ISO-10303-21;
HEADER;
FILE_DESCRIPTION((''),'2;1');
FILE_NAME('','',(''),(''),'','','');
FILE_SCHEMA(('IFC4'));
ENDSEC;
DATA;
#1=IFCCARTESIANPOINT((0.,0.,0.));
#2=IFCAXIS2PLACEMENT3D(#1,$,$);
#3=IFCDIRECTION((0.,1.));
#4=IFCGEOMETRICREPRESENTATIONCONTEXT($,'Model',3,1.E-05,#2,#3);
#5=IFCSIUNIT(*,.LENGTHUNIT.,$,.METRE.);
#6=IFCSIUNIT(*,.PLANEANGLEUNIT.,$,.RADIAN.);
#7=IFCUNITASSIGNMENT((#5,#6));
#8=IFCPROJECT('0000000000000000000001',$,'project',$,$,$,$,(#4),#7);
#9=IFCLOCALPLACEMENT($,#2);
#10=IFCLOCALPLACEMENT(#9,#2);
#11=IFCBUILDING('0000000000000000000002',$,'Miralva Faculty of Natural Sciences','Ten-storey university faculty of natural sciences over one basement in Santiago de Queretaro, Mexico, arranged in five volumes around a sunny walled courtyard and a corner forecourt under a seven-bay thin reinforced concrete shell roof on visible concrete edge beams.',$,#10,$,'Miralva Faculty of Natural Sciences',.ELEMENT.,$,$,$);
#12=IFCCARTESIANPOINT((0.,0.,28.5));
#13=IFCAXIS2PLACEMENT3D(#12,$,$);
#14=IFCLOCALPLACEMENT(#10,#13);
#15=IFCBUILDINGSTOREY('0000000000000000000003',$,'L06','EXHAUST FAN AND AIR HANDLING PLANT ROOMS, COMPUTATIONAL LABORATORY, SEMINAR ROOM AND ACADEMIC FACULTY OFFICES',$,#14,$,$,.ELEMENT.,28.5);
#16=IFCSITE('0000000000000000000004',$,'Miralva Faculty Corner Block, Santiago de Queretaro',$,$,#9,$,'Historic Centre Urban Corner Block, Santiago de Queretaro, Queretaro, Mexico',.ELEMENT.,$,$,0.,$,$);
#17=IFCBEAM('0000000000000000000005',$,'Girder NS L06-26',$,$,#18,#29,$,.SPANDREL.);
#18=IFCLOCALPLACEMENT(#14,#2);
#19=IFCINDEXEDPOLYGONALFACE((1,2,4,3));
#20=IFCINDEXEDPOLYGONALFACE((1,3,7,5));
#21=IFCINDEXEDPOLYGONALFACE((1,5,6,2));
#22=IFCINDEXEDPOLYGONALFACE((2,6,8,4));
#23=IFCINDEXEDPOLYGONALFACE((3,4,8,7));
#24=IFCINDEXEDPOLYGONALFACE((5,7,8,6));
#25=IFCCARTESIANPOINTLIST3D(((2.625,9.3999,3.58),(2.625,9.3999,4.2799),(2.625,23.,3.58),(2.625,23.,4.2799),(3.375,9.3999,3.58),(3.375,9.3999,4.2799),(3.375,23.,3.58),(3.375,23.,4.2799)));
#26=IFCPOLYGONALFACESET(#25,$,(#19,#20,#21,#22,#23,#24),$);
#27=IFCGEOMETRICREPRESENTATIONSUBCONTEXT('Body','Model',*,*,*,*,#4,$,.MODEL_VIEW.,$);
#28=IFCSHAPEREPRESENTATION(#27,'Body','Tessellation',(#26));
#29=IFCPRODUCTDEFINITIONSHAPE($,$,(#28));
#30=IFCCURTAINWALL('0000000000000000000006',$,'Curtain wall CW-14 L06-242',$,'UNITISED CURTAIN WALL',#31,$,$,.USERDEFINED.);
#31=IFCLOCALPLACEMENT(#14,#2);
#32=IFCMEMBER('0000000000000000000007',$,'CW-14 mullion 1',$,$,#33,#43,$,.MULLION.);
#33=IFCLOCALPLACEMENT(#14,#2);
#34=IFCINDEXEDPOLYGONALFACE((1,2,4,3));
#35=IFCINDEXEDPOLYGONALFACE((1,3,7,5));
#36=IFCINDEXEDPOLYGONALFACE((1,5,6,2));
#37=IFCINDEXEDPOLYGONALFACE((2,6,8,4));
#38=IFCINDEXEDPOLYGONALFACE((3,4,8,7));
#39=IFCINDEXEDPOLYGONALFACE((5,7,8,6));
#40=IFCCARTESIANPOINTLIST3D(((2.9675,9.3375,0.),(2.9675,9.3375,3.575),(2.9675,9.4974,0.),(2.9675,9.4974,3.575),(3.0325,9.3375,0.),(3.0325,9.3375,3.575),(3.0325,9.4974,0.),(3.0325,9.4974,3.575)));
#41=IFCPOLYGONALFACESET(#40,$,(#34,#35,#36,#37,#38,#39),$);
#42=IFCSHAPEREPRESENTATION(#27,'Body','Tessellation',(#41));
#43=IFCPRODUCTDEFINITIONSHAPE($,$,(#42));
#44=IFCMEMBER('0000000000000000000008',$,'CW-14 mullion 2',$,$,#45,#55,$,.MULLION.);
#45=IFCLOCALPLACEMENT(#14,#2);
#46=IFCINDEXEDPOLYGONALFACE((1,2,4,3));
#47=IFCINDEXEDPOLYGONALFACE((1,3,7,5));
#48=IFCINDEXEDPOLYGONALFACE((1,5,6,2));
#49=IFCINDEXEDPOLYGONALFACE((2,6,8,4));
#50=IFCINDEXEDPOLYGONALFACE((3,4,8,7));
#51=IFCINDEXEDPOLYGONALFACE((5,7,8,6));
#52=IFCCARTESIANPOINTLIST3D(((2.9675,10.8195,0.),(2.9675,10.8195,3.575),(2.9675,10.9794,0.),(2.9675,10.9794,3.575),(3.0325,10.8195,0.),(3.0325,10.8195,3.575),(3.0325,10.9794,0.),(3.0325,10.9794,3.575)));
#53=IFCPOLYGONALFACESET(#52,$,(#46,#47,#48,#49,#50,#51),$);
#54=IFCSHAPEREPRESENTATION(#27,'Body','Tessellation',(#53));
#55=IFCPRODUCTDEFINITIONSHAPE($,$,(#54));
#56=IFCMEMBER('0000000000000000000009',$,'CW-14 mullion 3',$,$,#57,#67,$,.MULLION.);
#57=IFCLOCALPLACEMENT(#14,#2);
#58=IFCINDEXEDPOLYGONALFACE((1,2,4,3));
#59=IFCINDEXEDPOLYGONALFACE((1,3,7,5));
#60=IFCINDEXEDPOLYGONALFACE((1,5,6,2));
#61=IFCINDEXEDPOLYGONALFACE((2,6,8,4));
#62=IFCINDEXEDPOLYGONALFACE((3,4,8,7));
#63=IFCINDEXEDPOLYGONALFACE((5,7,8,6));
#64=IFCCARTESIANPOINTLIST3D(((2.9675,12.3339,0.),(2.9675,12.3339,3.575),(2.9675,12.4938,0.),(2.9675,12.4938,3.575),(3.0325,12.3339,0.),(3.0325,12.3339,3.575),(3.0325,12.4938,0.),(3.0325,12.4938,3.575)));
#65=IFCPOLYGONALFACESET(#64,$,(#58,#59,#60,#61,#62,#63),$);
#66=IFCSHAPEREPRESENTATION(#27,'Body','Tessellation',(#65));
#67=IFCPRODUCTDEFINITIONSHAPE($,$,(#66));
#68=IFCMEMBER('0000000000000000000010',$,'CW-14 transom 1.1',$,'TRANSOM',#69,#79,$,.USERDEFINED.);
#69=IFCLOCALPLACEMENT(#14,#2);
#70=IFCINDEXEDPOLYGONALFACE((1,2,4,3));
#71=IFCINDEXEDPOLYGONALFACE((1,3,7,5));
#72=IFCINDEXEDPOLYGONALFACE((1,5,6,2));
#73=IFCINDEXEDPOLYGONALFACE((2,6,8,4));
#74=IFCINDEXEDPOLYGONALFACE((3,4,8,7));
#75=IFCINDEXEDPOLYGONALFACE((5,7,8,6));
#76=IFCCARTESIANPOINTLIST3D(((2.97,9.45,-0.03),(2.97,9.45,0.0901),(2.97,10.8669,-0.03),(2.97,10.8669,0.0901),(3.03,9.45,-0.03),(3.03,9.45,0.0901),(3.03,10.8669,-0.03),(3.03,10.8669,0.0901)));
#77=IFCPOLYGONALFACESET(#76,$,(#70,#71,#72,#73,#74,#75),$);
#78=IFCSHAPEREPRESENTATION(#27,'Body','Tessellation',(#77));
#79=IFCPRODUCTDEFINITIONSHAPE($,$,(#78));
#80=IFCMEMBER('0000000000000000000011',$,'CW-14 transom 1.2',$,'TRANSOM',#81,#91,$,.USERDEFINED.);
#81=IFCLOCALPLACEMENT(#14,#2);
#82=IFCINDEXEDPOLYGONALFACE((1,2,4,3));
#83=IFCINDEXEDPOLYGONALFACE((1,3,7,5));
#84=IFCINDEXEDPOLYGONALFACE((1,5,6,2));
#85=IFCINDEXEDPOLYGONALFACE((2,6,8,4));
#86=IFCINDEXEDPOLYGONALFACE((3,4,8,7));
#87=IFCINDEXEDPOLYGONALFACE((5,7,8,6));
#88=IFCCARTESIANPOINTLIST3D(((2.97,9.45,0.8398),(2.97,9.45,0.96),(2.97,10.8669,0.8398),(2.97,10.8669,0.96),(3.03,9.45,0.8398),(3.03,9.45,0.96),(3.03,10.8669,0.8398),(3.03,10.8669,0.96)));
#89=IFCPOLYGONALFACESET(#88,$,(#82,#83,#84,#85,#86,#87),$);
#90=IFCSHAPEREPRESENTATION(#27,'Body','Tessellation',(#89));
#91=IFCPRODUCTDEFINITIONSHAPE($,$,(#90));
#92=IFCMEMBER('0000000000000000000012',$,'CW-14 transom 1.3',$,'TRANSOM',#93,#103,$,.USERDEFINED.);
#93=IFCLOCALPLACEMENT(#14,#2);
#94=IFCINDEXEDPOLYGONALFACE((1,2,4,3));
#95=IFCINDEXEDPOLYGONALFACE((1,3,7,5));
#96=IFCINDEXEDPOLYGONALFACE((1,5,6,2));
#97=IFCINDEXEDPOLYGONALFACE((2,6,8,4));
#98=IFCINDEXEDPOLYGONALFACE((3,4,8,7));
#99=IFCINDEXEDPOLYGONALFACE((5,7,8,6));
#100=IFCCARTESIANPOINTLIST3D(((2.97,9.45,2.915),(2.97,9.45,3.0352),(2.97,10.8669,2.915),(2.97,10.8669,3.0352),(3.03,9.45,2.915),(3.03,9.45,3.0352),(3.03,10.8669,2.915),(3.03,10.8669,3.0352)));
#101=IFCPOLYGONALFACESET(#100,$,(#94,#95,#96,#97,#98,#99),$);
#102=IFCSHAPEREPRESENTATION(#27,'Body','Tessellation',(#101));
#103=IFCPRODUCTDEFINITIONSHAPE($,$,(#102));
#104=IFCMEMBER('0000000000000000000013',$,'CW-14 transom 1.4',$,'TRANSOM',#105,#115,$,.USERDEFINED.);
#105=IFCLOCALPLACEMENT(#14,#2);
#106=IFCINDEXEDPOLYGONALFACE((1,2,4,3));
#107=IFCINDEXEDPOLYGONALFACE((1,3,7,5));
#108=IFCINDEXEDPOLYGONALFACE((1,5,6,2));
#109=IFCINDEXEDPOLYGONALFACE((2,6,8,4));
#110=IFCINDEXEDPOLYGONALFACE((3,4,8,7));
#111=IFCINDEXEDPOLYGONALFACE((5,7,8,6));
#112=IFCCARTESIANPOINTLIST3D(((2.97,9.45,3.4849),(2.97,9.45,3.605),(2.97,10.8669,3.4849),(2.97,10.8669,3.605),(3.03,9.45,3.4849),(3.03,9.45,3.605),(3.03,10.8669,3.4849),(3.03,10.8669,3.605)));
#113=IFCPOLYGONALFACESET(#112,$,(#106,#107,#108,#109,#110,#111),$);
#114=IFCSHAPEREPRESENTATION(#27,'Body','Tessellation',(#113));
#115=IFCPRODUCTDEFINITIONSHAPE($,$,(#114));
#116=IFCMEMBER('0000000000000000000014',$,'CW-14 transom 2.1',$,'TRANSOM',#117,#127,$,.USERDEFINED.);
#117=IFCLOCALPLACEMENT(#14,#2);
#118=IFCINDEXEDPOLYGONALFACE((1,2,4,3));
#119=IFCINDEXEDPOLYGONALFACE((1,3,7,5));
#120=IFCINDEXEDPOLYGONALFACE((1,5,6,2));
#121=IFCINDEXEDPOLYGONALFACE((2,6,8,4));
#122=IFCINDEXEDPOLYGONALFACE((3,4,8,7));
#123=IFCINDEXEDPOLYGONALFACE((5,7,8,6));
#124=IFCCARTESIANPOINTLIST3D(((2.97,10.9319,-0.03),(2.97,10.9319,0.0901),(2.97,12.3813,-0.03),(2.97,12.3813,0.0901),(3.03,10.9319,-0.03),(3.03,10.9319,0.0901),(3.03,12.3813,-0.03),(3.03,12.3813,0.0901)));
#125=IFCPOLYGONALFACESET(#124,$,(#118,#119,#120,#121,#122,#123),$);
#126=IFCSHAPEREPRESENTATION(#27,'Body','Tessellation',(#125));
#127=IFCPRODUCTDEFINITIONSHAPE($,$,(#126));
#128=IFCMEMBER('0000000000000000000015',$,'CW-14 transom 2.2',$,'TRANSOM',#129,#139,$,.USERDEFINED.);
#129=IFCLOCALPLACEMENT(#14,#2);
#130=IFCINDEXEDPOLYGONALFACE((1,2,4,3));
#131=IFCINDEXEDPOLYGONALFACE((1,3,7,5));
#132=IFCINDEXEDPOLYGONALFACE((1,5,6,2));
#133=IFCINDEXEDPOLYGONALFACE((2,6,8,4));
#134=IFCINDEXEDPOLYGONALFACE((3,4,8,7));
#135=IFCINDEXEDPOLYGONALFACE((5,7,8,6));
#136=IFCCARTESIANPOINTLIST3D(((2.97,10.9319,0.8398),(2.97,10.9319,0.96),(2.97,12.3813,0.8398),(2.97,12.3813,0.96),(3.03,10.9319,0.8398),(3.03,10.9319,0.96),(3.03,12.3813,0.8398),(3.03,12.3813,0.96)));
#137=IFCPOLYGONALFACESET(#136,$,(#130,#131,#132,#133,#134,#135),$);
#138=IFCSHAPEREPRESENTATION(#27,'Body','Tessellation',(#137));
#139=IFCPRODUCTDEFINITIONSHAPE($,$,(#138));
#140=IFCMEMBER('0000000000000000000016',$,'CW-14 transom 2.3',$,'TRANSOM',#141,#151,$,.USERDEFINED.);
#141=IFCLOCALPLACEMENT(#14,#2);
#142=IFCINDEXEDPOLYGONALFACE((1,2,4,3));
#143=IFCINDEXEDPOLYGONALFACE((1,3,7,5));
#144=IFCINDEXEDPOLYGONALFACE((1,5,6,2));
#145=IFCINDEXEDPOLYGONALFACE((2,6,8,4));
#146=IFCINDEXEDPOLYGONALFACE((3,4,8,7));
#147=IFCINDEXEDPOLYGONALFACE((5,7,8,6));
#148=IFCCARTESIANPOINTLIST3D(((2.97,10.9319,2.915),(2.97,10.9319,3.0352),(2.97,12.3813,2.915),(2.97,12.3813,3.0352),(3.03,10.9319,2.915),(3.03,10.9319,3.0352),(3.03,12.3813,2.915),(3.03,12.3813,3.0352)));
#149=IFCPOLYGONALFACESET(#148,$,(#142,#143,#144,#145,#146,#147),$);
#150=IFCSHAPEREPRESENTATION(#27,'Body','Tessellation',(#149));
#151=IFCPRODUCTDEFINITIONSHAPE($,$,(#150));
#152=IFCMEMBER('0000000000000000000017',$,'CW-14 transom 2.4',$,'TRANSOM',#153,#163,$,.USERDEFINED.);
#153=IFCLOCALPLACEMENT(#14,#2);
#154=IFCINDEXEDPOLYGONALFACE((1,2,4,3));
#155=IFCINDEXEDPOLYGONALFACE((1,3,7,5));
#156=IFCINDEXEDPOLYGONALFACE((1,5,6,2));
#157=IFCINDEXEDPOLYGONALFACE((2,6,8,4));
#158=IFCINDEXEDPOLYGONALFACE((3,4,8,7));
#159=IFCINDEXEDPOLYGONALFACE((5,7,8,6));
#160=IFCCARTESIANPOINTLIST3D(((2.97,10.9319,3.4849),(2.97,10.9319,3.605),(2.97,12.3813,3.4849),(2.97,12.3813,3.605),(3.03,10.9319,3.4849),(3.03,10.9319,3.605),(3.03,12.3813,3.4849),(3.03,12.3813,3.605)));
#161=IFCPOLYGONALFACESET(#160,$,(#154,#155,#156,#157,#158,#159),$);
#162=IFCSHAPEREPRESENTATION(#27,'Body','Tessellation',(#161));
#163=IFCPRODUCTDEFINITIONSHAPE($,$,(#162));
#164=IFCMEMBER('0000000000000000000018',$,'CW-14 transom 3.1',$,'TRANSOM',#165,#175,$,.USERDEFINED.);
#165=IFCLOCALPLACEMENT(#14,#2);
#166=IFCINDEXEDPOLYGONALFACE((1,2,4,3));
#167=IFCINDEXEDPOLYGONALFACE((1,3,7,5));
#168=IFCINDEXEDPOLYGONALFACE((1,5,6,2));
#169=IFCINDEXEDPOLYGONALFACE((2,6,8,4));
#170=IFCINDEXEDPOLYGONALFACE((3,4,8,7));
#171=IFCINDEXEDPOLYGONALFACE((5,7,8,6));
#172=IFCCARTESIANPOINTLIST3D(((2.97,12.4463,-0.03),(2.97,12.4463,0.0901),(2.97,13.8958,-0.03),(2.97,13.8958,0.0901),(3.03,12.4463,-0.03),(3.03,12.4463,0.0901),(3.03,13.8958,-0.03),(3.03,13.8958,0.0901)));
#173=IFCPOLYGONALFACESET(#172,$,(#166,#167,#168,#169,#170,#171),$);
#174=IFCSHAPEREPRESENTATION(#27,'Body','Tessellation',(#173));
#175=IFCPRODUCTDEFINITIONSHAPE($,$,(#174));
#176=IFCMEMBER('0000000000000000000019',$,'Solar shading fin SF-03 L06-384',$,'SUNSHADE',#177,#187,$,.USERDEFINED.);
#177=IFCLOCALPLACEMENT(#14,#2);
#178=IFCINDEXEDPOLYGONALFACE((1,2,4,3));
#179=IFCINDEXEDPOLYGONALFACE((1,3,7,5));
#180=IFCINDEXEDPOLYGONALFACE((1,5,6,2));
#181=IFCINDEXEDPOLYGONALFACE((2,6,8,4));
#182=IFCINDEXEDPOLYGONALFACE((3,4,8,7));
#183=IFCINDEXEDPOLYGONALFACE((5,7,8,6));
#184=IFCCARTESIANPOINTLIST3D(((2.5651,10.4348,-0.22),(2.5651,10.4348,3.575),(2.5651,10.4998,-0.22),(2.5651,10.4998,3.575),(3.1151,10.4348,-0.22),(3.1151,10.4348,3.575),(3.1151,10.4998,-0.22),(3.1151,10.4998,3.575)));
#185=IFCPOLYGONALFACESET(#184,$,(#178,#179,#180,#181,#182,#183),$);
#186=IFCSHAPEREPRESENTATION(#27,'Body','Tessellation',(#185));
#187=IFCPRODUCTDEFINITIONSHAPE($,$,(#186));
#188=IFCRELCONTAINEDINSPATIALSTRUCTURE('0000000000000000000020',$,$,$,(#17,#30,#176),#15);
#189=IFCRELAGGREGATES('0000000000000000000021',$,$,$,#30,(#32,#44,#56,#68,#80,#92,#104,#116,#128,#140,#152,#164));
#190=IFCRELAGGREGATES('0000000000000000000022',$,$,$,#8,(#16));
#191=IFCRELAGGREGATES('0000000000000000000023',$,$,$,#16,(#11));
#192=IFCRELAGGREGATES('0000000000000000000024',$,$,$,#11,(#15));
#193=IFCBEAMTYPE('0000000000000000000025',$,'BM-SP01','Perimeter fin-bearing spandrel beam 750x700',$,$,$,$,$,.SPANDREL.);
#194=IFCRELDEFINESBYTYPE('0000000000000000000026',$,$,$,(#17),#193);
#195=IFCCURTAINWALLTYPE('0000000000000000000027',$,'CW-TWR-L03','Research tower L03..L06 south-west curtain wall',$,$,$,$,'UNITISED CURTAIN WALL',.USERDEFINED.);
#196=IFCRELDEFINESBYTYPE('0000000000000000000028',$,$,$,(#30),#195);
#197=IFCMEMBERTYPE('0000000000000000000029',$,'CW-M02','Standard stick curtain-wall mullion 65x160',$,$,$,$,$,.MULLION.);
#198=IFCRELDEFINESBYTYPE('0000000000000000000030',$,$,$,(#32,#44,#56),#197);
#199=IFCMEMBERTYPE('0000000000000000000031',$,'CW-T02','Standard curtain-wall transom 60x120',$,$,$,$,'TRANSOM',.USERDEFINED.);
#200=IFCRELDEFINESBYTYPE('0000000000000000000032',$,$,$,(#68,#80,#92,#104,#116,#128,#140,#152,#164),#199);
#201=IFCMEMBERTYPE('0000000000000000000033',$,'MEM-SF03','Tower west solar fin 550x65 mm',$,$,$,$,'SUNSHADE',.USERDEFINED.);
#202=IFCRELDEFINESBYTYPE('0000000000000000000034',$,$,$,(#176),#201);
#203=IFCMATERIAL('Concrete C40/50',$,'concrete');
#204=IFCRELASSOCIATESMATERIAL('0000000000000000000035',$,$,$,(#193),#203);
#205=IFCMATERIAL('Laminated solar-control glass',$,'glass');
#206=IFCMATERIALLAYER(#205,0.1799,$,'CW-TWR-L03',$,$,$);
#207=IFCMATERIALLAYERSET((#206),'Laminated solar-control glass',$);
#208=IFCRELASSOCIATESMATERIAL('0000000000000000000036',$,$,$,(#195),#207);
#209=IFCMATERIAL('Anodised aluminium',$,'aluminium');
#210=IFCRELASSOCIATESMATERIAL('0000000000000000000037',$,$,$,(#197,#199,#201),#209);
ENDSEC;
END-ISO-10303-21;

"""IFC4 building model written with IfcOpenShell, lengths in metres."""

from ifc_helpers import new_model, si_unit, direction, frame, origin, origin_2d, place, context, subcontext, project, spatial, rectangle, extrude, material, layer, layer_set, material_profile, profile_set, type_object, element, aggregate, save


model = new_model("IFC4")

# Units and contexts
model_context = context("Model", 3, precision=1e-05, world=origin(), true_north=direction((0.0, 1.0)))
body_context = subcontext(model_context, "Body", "Model", "MODEL_VIEW")
ifc_project = project(units=[si_unit("LENGTHUNIT", "METRE"), si_unit("PLANEANGLEUNIT", "RADIAN")], contexts=[model_context])

# Site, building, storey
site_placement = place(None, origin())
site = spatial("IfcSite", under=ifc_project, at=site_placement, Name="Miralva Faculty Corner Block, Santiago de Queretaro", LongName="Historic Centre Urban Corner Block, Santiago de Queretaro, Queretaro, Mexico", CompositionType="ELEMENT", RefElevation=0.0)
building_placement = place(site_placement, origin())
building = spatial("IfcBuilding", under=site, at=building_placement, Name="Miralva Faculty of Natural Sciences", Description="Ten-storey university faculty of natural sciences over one basement in Santiago de Queretaro, Mexico, arranged in five volumes around a sunny walled courtyard and a corner forecourt under a seven-bay thin reinforced concrete shell roof on visible concrete edge beams.", LongName="Miralva Faculty of Natural Sciences", CompositionType="ELEMENT")
storey_placement = place(building_placement, frame((0.0, 0.0, 28.5)))
storey = spatial("IfcBuildingStorey", under=building, at=storey_placement, Name="L06", Description="EXHAUST FAN AND AIR HANDLING PLANT ROOMS, COMPUTATIONAL LABORATORY, SEMINAR ROOM AND ACADEMIC FACULTY OFFICES", CompositionType="ELEMENT", Elevation=28.5)

# Beam
ifc_material_1 = material(Name="Concrete C40/50", Category="concrete")
ifc_material_profile_1 = material_profile(ifc_material_1, rectangle(XDim=0.75, YDim=0.7, at=origin_2d()), Name="RC 750x700")
ifc_profile_set_1 = profile_set([ifc_material_profile_1], Name="Concrete C40/50")
beam_type = type_object("IfcBeamType", Name="BM-SP01", Description="Perimeter fin-bearing spandrel beam 750x700", PredefinedType="SPANDREL", material=ifc_profile_set_1)
beam_placement = place(storey_placement, frame((3.0, 9.3999, 3.9299), z_axis=(0.0, 1.0, 0.0), x_axis=(-1.0, 0.0, 0.0)))
element("IfcBeam", 1, at=beam_placement, inside=storey, type_object=beam_type, Name="Girder NS L06-26", PredefinedType="SPANDREL", context=body_context, shape_type="SweptSolid", body=[
    extrude(rectangle(XDim=0.75, YDim=0.7, at=origin_2d()), origin(), (0.0, 0.0, 1.0), 13.6001),
])

# Curtain wall, members
ifc_material_2 = material(Name="Laminated solar-control glass", Category="glass")
ifc_layer_1 = layer(ifc_material_2, 0.1799, Name="CW-TWR-L03")
ifc_layer_set_1 = layer_set([ifc_layer_1], Name="Laminated solar-control glass")
curtain_wall_type = type_object("IfcCurtainWallType", Name="CW-TWR-L03", Description="Research tower L03..L06 south-west curtain wall", ElementType="UNITISED CURTAIN WALL", PredefinedType="USERDEFINED", material=ifc_layer_set_1)
curtain_wall_placement = place(storey_placement, origin())
curtain_wall = element("IfcCurtainWall", 2, at=curtain_wall_placement, inside=storey, type_object=curtain_wall_type, Name="Curtain wall CW-14 L06-242", ObjectType="UNITISED CURTAIN WALL", PredefinedType="USERDEFINED")
ifc_material_3 = material(Name="Anodised aluminium", Category="aluminium")
ifc_material_profile_2 = material_profile(ifc_material_3, rectangle(XDim=0.0649, YDim=0.1599, at=origin_2d()), Name="MULLION 65x160")
ifc_profile_set_2 = profile_set([ifc_material_profile_2], Name="Anodised aluminium")
member_type_1 = type_object("IfcMemberType", Name="CW-M02", Description="Standard stick curtain-wall mullion 65x160", PredefinedType="MULLION", material=ifc_profile_set_2)
member_1_placement = place(storey_placement, frame((3.0, 9.4175, 0.0), z_axis=(0.0, 0.0, 1.0), x_axis=(-1.0, 0.0, 0.0)))
member_1 = element("IfcMember", 3, at=member_1_placement, type_object=member_type_1, Name="CW-14 mullion 1", PredefinedType="MULLION", context=body_context, shape_type="SweptSolid", body=[
    extrude(rectangle(XDim=0.0649, YDim=0.1599, at=origin_2d()), origin(), (0.0, 0.0, 1.0), 3.575),
])
member_2_placement = place(storey_placement, frame((3.0, 10.8994, 0.0), z_axis=(0.0, 0.0, 1.0), x_axis=(-1.0, 0.0, 0.0)))
member_2 = element("IfcMember", 4, at=member_2_placement, type_object=member_type_1, Name="CW-14 mullion 2", PredefinedType="MULLION", context=body_context, shape_type="SweptSolid", body=[
    extrude(rectangle(XDim=0.0649, YDim=0.1599, at=origin_2d()), origin(), (0.0, 0.0, 1.0), 3.575),
])
member_3_placement = place(storey_placement, frame((3.0, 12.4138, 0.0), z_axis=(0.0, 0.0, 1.0), x_axis=(-1.0, 0.0, 0.0)))
member_3 = element("IfcMember", 5, at=member_3_placement, type_object=member_type_1, Name="CW-14 mullion 3", PredefinedType="MULLION", context=body_context, shape_type="SweptSolid", body=[
    extrude(rectangle(XDim=0.0649, YDim=0.1599, at=origin_2d()), origin(), (0.0, 0.0, 1.0), 3.575),
])
ifc_material_profile_3 = material_profile(ifc_material_3, rectangle(XDim=0.0601, YDim=0.1201, at=origin_2d()), Name="TRANSOM 60x120")
ifc_profile_set_3 = profile_set([ifc_material_profile_3], Name="Anodised aluminium")
member_type_2 = type_object("IfcMemberType", Name="CW-T02", Description="Standard curtain-wall transom 60x120", ElementType="TRANSOM", PredefinedType="USERDEFINED", material=ifc_profile_set_3)
member_4_placement = place(storey_placement, frame((3.0, 9.45, 0.03), z_axis=(0.0, 1.0, 0.0), x_axis=(-1.0, 0.0, 0.0)))
member_4 = element("IfcMember", 6, at=member_4_placement, type_object=member_type_2, Name="CW-14 transom 1.1", ObjectType="TRANSOM", PredefinedType="USERDEFINED", context=body_context, shape_type="SweptSolid", body=[
    extrude(rectangle(XDim=0.0601, YDim=0.1201, at=origin_2d()), origin(), (0.0, 0.0, 1.0), 1.417),
])
member_5_placement = place(storey_placement, frame((3.0, 9.45, 0.8999), z_axis=(0.0, 1.0, 0.0), x_axis=(-1.0, 0.0, 0.0)))
member_5 = element("IfcMember", 7, at=member_5_placement, type_object=member_type_2, Name="CW-14 transom 1.2", ObjectType="TRANSOM", PredefinedType="USERDEFINED", context=body_context, shape_type="SweptSolid", body=[
    extrude(rectangle(XDim=0.0601, YDim=0.1201, at=origin_2d()), origin(), (0.0, 0.0, 1.0), 1.417),
])
member_6_placement = place(storey_placement, frame((3.0, 9.45, 2.9751), z_axis=(0.0, 1.0, 0.0), x_axis=(-1.0, 0.0, 0.0)))
member_6 = element("IfcMember", 8, at=member_6_placement, type_object=member_type_2, Name="CW-14 transom 1.3", ObjectType="TRANSOM", PredefinedType="USERDEFINED", context=body_context, shape_type="SweptSolid", body=[
    extrude(rectangle(XDim=0.0601, YDim=0.1201, at=origin_2d()), origin(), (0.0, 0.0, 1.0), 1.417),
])
member_7_placement = place(storey_placement, frame((3.0, 9.45, 3.5449), z_axis=(0.0, 1.0, 0.0), x_axis=(-1.0, 0.0, 0.0)))
member_7 = element("IfcMember", 9, at=member_7_placement, type_object=member_type_2, Name="CW-14 transom 1.4", ObjectType="TRANSOM", PredefinedType="USERDEFINED", context=body_context, shape_type="SweptSolid", body=[
    extrude(rectangle(XDim=0.0601, YDim=0.1201, at=origin_2d()), origin(), (0.0, 0.0, 1.0), 1.417),
])
member_8_placement = place(storey_placement, frame((3.0, 10.9319, 0.03), z_axis=(0.0, 1.0, 0.0), x_axis=(-1.0, 0.0, 0.0)))
member_8 = element("IfcMember", 10, at=member_8_placement, type_object=member_type_2, Name="CW-14 transom 2.1", ObjectType="TRANSOM", PredefinedType="USERDEFINED", context=body_context, shape_type="SweptSolid", body=[
    extrude(rectangle(XDim=0.0601, YDim=0.1201, at=origin_2d()), origin(), (0.0, 0.0, 1.0), 1.4495),
])
member_9_placement = place(storey_placement, frame((3.0, 10.9319, 0.8999), z_axis=(0.0, 1.0, 0.0), x_axis=(-1.0, 0.0, 0.0)))
member_9 = element("IfcMember", 11, at=member_9_placement, type_object=member_type_2, Name="CW-14 transom 2.2", ObjectType="TRANSOM", PredefinedType="USERDEFINED", context=body_context, shape_type="SweptSolid", body=[
    extrude(rectangle(XDim=0.0601, YDim=0.1201, at=origin_2d()), origin(), (0.0, 0.0, 1.0), 1.4495),
])
member_10_placement = place(storey_placement, frame((3.0, 10.9319, 2.9751), z_axis=(0.0, 1.0, 0.0), x_axis=(-1.0, 0.0, 0.0)))
member_10 = element("IfcMember", 12, at=member_10_placement, type_object=member_type_2, Name="CW-14 transom 2.3", ObjectType="TRANSOM", PredefinedType="USERDEFINED", context=body_context, shape_type="SweptSolid", body=[
    extrude(rectangle(XDim=0.0601, YDim=0.1201, at=origin_2d()), origin(), (0.0, 0.0, 1.0), 1.4495),
])
member_11_placement = place(storey_placement, frame((3.0, 10.9319, 3.5449), z_axis=(0.0, 1.0, 0.0), x_axis=(-1.0, 0.0, 0.0)))
member_11 = element("IfcMember", 13, at=member_11_placement, type_object=member_type_2, Name="CW-14 transom 2.4", ObjectType="TRANSOM", PredefinedType="USERDEFINED", context=body_context, shape_type="SweptSolid", body=[
    extrude(rectangle(XDim=0.0601, YDim=0.1201, at=origin_2d()), origin(), (0.0, 0.0, 1.0), 1.4495),
])
member_12_placement = place(storey_placement, frame((3.0, 12.4463, 0.03), z_axis=(0.0, 1.0, 0.0), x_axis=(-1.0, 0.0, 0.0)))
member_12 = element("IfcMember", 14, at=member_12_placement, type_object=member_type_2, Name="CW-14 transom 3.1", ObjectType="TRANSOM", PredefinedType="USERDEFINED", context=body_context, shape_type="SweptSolid", body=[
    extrude(rectangle(XDim=0.0601, YDim=0.1201, at=origin_2d()), origin(), (0.0, 0.0, 1.0), 1.4495),
])

# Member
ifc_material_profile_4 = material_profile(ifc_material_3, rectangle(XDim=0.0649, YDim=0.55, at=origin_2d()), Name="FIN 550x65")
ifc_profile_set_4 = profile_set([ifc_material_profile_4], Name="Anodised aluminium")
member_type_3 = type_object("IfcMemberType", Name="MEM-SF03", Description="Tower west solar fin 550x65 mm", ElementType="SUNSHADE", PredefinedType="USERDEFINED", material=ifc_profile_set_4)
for number, where, z_axis, x_axis, name in (
    (15, (2.8401, 10.4673, -0.22), (0.0, 0.0, 1.0), (0.0, -1.0, 0.0), "Solar shading fin SF-03 L06-384"),
):
    element("IfcMember", number, at=place(storey_placement, frame(where, z_axis=z_axis, x_axis=x_axis)), inside=storey, type_object=member_type_3, Name=name, ObjectType="SUNSHADE", PredefinedType="USERDEFINED", context=body_context, shape_type="SweptSolid", body=[
        extrude(rectangle(XDim=0.0649, YDim=0.55, at=origin_2d()), origin(), (0.0, 0.0, 1.0), 3.7949),
    ])

aggregate(curtain_wall, [member_1, member_2, member_3, member_4, member_5, member_6, member_7, member_8, member_9, member_10, member_11, member_12])

save(model, "model.ifc")
